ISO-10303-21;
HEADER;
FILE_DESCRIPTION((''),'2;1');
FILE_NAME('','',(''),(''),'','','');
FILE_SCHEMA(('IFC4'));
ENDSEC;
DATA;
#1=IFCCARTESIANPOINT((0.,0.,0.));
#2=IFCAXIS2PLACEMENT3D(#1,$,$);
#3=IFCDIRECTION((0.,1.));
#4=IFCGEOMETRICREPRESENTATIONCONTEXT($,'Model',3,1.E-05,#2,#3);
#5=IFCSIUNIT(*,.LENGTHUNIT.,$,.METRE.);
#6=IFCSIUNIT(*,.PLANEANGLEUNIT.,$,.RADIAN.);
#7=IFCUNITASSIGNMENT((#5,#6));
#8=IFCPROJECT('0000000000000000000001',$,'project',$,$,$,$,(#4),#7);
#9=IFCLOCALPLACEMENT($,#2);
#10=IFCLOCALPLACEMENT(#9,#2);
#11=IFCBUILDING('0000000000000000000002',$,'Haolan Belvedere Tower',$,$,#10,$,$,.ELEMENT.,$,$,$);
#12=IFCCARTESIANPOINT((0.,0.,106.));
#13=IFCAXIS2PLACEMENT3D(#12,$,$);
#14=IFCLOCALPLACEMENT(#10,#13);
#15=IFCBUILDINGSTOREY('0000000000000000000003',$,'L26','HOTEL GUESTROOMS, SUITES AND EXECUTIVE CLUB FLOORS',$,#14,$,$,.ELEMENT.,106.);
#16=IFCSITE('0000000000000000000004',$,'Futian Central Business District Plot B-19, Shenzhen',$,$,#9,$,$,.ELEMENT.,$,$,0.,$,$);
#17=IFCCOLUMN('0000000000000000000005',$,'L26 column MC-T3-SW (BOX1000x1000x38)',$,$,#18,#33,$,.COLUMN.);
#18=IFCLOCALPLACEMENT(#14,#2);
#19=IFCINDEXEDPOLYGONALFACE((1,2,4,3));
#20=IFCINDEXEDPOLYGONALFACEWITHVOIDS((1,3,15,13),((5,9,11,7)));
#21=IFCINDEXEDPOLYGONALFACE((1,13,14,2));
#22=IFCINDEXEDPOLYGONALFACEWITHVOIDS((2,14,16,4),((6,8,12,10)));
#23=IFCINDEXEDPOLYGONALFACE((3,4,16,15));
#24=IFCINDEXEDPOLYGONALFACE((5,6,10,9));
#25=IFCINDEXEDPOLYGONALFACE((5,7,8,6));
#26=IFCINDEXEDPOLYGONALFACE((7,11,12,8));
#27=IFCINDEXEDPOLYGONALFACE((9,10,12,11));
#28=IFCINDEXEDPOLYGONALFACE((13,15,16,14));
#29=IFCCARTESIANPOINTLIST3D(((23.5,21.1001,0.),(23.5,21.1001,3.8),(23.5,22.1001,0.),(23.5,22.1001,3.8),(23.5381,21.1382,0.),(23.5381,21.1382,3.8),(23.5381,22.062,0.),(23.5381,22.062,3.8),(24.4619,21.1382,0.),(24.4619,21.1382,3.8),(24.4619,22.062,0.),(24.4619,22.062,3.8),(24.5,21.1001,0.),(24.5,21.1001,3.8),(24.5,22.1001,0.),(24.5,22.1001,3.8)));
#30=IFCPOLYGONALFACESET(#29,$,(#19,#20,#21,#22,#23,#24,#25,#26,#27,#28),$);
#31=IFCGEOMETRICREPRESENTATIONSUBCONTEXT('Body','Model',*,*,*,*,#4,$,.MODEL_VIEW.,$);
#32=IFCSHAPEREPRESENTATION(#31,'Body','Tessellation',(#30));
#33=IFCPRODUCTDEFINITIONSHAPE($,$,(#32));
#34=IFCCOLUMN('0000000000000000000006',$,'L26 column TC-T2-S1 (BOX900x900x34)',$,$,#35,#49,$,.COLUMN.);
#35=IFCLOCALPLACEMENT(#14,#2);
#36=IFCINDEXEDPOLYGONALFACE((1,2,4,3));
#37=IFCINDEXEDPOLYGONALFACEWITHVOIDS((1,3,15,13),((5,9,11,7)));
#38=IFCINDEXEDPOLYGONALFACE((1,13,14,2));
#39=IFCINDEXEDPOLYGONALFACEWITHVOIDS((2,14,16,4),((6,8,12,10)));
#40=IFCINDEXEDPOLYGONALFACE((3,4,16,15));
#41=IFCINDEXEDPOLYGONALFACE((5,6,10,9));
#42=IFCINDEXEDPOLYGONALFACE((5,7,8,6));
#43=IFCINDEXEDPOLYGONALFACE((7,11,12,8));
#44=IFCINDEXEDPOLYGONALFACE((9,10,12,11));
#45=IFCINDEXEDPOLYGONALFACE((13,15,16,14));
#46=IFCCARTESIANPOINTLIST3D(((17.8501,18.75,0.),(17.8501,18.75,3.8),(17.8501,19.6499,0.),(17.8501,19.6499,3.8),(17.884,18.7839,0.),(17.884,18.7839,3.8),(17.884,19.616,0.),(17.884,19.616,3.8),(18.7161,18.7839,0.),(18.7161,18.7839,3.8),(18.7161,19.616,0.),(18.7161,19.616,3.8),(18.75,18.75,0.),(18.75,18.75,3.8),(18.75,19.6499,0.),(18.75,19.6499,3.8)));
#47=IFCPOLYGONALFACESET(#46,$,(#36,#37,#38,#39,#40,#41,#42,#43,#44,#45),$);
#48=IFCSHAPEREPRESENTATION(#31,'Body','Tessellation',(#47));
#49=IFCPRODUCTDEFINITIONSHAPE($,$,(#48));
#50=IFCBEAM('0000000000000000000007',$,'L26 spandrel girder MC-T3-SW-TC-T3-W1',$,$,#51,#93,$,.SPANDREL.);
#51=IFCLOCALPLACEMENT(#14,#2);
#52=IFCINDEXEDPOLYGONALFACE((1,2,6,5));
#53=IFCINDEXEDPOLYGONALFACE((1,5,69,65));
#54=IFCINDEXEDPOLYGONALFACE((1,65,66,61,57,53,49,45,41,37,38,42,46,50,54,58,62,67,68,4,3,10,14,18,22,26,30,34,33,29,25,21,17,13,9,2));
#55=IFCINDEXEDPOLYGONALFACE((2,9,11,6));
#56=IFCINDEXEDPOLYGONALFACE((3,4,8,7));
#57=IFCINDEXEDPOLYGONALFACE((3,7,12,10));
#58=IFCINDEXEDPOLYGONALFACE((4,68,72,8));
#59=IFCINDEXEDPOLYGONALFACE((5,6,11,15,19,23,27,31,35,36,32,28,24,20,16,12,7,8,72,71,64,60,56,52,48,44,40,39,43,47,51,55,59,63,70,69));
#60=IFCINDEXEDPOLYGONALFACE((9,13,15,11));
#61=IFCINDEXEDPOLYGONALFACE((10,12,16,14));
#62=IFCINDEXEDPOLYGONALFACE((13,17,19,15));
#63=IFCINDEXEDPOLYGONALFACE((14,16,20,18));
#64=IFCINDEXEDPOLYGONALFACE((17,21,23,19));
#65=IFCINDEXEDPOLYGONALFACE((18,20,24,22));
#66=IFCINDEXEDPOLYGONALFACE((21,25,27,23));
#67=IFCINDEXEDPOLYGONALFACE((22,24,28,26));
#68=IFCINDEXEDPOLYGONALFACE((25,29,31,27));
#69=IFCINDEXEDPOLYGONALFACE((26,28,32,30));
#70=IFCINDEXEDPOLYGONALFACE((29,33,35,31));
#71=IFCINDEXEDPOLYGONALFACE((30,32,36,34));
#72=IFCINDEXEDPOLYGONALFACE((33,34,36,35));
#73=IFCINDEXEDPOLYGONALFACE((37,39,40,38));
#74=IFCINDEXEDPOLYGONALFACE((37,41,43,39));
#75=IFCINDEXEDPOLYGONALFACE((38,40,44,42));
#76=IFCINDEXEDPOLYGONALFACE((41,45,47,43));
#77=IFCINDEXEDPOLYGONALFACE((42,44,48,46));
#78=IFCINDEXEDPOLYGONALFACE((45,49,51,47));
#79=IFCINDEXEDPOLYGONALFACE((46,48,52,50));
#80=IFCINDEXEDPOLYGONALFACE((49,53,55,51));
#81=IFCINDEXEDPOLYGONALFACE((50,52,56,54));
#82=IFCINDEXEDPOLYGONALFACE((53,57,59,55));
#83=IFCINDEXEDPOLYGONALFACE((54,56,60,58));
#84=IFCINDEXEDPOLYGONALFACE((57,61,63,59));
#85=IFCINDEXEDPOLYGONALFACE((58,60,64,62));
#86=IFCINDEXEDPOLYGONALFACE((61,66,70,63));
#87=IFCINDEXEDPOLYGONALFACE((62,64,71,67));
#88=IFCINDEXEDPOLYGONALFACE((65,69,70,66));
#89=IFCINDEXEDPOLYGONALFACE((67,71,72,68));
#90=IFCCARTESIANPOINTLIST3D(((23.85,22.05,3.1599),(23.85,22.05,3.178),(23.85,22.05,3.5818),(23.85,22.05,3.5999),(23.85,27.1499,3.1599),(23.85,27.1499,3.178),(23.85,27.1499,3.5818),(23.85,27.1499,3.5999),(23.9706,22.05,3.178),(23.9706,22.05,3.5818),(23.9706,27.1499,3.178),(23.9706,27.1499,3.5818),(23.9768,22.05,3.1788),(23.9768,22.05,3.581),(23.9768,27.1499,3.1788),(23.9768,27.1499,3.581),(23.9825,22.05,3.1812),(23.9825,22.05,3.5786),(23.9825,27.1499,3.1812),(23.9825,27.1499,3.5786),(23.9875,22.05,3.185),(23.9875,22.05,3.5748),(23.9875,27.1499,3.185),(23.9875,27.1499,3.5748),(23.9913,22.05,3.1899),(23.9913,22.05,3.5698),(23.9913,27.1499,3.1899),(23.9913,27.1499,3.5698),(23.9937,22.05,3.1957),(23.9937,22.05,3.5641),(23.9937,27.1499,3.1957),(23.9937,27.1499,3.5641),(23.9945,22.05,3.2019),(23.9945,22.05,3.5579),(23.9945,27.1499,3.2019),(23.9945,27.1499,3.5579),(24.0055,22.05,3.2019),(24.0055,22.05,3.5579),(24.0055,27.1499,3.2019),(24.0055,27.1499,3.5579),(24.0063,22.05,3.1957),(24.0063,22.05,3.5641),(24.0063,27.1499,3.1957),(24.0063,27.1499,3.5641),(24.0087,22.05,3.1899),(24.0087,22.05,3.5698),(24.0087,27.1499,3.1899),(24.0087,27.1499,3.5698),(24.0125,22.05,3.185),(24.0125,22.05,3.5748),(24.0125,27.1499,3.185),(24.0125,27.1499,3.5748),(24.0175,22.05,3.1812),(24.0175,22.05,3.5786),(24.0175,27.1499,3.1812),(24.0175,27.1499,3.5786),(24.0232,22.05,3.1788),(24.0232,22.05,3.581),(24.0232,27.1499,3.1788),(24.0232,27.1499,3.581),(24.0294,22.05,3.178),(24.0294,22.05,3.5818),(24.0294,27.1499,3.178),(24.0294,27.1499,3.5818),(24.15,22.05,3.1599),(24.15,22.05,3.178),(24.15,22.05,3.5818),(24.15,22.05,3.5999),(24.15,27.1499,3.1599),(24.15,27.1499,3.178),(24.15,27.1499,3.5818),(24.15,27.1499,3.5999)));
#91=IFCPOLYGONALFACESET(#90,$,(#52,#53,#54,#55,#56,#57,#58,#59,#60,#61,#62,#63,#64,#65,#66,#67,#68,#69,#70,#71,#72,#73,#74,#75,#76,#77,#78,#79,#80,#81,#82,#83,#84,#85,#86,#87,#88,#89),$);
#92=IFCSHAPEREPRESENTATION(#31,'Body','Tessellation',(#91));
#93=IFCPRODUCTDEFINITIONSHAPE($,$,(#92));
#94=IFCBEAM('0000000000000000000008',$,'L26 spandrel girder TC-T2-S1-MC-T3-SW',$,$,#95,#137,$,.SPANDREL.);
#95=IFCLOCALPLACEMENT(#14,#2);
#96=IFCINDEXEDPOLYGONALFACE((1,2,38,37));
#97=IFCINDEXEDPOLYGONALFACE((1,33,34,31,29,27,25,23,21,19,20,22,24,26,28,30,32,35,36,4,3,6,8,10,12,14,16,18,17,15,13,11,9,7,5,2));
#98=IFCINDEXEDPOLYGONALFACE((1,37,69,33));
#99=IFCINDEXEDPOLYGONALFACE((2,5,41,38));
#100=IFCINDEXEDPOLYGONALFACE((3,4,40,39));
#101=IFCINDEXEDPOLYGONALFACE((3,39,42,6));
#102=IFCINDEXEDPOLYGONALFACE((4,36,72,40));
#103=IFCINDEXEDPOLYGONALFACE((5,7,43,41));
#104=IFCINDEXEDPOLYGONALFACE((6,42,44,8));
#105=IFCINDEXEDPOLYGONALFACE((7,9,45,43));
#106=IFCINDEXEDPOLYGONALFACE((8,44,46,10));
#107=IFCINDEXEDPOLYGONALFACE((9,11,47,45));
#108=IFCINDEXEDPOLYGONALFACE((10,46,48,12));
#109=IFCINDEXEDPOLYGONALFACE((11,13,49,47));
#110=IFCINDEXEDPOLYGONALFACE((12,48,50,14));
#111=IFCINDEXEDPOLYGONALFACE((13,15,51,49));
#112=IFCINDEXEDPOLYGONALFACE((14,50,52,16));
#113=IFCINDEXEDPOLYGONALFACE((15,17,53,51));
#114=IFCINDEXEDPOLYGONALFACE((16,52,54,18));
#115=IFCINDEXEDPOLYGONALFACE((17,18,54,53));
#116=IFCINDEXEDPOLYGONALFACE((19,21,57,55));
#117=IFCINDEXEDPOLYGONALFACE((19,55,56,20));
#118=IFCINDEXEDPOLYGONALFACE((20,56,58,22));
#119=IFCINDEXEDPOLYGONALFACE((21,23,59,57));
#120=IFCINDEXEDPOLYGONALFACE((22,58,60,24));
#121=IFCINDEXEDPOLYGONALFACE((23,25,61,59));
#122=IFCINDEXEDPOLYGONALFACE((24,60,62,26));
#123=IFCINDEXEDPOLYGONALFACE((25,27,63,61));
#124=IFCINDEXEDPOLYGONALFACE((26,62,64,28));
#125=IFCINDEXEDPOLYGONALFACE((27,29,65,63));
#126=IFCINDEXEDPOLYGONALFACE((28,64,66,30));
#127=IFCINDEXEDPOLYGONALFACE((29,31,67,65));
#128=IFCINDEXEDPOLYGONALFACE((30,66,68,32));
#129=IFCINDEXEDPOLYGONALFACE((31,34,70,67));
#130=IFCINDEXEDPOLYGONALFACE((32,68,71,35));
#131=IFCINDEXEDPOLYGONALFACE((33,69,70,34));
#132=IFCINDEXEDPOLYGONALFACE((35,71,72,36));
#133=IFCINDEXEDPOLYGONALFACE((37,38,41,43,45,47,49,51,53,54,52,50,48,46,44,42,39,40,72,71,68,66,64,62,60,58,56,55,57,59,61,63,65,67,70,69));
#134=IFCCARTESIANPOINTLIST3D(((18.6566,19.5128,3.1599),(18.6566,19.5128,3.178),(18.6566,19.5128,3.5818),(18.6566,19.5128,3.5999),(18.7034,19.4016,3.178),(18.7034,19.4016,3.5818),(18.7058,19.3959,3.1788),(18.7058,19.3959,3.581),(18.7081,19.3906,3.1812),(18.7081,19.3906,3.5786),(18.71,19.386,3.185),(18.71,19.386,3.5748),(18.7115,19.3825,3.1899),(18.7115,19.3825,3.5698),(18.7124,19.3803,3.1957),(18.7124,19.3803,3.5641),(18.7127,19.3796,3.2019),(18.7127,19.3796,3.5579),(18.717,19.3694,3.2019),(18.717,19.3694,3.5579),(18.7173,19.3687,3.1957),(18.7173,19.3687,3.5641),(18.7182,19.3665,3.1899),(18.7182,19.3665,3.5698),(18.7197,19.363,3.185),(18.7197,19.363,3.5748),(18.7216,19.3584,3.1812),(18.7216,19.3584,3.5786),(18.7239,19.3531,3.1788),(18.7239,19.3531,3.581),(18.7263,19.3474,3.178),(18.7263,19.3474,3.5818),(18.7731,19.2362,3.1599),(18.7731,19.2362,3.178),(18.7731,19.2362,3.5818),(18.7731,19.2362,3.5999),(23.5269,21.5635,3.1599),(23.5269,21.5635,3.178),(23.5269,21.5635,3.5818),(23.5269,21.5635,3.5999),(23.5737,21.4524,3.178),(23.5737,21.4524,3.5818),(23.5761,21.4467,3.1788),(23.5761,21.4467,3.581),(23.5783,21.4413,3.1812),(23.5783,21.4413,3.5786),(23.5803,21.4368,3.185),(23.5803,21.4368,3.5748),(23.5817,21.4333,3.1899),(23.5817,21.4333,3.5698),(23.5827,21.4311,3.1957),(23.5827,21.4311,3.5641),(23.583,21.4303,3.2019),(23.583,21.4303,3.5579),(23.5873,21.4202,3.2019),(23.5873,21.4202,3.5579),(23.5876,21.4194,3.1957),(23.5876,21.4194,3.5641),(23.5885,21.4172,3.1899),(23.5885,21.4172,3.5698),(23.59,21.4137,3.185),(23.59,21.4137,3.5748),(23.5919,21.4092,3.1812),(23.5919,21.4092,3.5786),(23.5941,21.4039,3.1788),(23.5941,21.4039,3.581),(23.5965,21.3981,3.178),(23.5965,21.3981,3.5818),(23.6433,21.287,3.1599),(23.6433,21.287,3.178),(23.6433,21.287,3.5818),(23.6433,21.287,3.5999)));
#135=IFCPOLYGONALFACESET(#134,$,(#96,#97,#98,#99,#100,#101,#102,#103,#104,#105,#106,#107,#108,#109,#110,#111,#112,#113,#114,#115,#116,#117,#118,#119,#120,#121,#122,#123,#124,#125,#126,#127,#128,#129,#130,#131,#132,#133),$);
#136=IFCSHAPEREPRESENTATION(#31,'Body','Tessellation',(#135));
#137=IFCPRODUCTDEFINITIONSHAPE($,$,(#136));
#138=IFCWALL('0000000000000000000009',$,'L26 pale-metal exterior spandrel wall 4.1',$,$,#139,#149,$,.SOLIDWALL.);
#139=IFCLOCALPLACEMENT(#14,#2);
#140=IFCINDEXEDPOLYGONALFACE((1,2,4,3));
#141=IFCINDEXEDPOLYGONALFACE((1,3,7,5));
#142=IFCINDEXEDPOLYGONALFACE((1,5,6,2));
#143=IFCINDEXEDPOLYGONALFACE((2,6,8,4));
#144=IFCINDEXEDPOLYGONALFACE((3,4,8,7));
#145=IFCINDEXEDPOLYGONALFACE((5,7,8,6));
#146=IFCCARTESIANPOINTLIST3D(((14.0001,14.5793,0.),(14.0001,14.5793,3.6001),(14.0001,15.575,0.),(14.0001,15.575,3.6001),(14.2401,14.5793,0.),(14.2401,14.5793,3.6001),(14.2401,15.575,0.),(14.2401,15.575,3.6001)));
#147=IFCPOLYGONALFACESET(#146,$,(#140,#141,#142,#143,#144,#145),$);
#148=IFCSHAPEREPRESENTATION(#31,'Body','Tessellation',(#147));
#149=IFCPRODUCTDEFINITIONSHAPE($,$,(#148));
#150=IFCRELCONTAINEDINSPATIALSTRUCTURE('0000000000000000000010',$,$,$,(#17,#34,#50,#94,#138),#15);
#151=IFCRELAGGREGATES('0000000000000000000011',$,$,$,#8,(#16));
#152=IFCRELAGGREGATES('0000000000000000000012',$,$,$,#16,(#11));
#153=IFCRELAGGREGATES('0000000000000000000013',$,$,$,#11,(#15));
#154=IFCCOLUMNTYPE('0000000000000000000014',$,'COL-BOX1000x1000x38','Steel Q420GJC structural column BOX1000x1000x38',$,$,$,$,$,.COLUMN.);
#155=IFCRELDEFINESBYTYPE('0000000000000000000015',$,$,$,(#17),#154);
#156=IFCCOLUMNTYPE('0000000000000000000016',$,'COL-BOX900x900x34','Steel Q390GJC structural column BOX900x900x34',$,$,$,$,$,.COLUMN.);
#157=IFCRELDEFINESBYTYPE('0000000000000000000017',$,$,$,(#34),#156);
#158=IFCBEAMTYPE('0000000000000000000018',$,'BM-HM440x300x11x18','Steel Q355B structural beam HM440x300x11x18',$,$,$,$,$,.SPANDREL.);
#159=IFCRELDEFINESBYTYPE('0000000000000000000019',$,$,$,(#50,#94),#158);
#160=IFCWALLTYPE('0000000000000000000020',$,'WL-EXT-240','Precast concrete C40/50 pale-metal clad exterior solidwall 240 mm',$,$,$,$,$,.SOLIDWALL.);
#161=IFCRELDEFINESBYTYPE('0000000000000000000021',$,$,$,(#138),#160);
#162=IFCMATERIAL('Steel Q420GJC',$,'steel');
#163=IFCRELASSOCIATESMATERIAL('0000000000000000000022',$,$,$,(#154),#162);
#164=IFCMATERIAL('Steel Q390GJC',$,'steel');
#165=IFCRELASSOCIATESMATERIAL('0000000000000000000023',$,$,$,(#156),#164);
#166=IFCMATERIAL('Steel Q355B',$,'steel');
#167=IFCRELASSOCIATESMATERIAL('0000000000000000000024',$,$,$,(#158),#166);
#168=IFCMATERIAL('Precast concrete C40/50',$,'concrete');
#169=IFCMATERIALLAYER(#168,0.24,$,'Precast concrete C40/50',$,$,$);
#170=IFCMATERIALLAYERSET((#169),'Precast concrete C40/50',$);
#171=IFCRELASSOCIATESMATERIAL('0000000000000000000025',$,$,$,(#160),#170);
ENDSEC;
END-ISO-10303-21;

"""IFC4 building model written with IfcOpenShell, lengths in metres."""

from ifc_helpers import new_model, si_unit, direction, frame, frame_2d, origin, origin_2d, place, context, subcontext, project, spatial, rectangle, hollow_rectangle, i_section, extrude, material, layer, layer_set, material_profile, profile_set, type_object, element, save


model = new_model("IFC4")

# Units and contexts
model_context = context("Model", 3, precision=1e-05, world=origin(), true_north=direction((0.0, 1.0)))
body_context = subcontext(model_context, "Body", "Model", "MODEL_VIEW")
ifc_project = project(units=[si_unit("LENGTHUNIT", "METRE"), si_unit("PLANEANGLEUNIT", "RADIAN")], contexts=[model_context])

# Site, building, storey
site_placement = place(None, origin())
site = spatial("IfcSite", under=ifc_project, at=site_placement, Name="Futian Central Business District Plot B-19, Shenzhen", CompositionType="ELEMENT", RefElevation=0.0)
building_placement = place(site_placement, origin())
building = spatial("IfcBuilding", under=site, at=building_placement, Name="Haolan Belvedere Tower", CompositionType="ELEMENT")
storey_placement = place(building_placement, frame((0.0, 0.0, 106.0)))
storey = spatial("IfcBuildingStorey", under=building, at=storey_placement, Name="L26", Description="HOTEL GUESTROOMS, SUITES AND EXECUTIVE CLUB FLOORS", CompositionType="ELEMENT", Elevation=106.0)

# Columns
ifc_material_1 = material(Name="Steel Q420GJC", Category="steel")
ifc_material_profile_1 = material_profile(ifc_material_1, hollow_rectangle(XDim=1.0, YDim=1.0, WallThickness=0.0381, at=origin_2d()), Name="Steel Q420GJC")
ifc_profile_set_1 = profile_set([ifc_material_profile_1], Name="Steel Q420GJC")
column_type_1 = type_object("IfcColumnType", Name="COL-BOX1000x1000x38", Description="Steel Q420GJC structural column BOX1000x1000x38", PredefinedType="COLUMN", material=ifc_profile_set_1)
column_1_placement = place(storey_placement, frame((24.0, 21.6001, 0.0), z_axis=(0.0, 0.0, 1.0), x_axis=(1.0, 0.0, 0.0)))
element("IfcColumn", 1, at=column_1_placement, inside=storey, type_object=column_type_1, Name="L26 column MC-T3-SW (BOX1000x1000x38)", PredefinedType="COLUMN", context=body_context, shape_type="SweptSolid", body=[
    extrude(hollow_rectangle(XDim=1.0, YDim=1.0, WallThickness=0.0381, at=origin_2d()), origin(), (0.0, 0.0, 1.0), 3.8),
])
ifc_material_2 = material(Name="Steel Q390GJC", Category="steel")
ifc_material_profile_2 = material_profile(ifc_material_2, hollow_rectangle(XDim=0.8999, YDim=0.8999, WallThickness=0.0339, at=origin_2d()), Name="Steel Q390GJC")
ifc_profile_set_2 = profile_set([ifc_material_profile_2], Name="Steel Q390GJC")
column_type_2 = type_object("IfcColumnType", Name="COL-BOX900x900x34", Description="Steel Q390GJC structural column BOX900x900x34", PredefinedType="COLUMN", material=ifc_profile_set_2)
column_2_placement = place(storey_placement, frame((18.3, 19.2, 0.0), z_axis=(0.0, 0.0, 1.0), x_axis=(1.0, 0.0, 0.0)))
element("IfcColumn", 2, at=column_2_placement, inside=storey, type_object=column_type_2, Name="L26 column TC-T2-S1 (BOX900x900x34)", PredefinedType="COLUMN", context=body_context, shape_type="SweptSolid", body=[
    extrude(hollow_rectangle(XDim=0.8999, YDim=0.8999, WallThickness=0.0339, at=origin_2d()), origin(), (0.0, 0.0, 1.0), 3.8),
])

# Beams
ifc_material_3 = material(Name="Steel Q355B", Category="steel")
ifc_material_profile_3 = material_profile(ifc_material_3, i_section(OverallWidth=0.3, OverallDepth=0.4399, WebThickness=0.011, FlangeThickness=0.0181, FilletRadius=0.0239, at=origin_2d()), Name="Steel Q355B")
ifc_profile_set_3 = profile_set([ifc_material_profile_3], Name="Steel Q355B")
beam_type = type_object("IfcBeamType", Name="BM-HM440x300x11x18", Description="Steel Q355B structural beam HM440x300x11x18", PredefinedType="SPANDREL", material=ifc_profile_set_3)
beam_1_placement = place(storey_placement, frame((24.0, 22.05, 3.3799), z_axis=(0.0, 1.0, 0.0), x_axis=(-1.0, 0.0, 0.0)))
element("IfcBeam", 3, at=beam_1_placement, inside=storey, type_object=beam_type, Name="L26 spandrel girder MC-T3-SW-TC-T3-W1", PredefinedType="SPANDREL", context=body_context, shape_type="SweptSolid", body=[
    extrude(i_section(OverallWidth=0.3, OverallDepth=0.4399, WebThickness=0.011, FlangeThickness=0.0181, FilletRadius=0.0239, at=origin_2d()), origin(), (0.0, 0.0, 1.0), 5.0999),
])
beam_2_placement = place(storey_placement, frame((18.7148, 19.3745, 3.3799), z_axis=(0.921628, 0.388074, 0.0), x_axis=(-0.388074, 0.921628, 0.0)))
element("IfcBeam", 4, at=beam_2_placement, inside=storey, type_object=beam_type, Name="L26 spandrel girder TC-T2-S1-MC-T3-SW", PredefinedType="SPANDREL", context=body_context, shape_type="SweptSolid", body=[
    extrude(i_section(OverallWidth=0.3, OverallDepth=0.4399, WebThickness=0.011, FlangeThickness=0.0181, FilletRadius=0.0239, at=origin_2d()), origin(), (0.0, 0.0, 1.0), 5.2844),
])

# Wall
ifc_material_4 = material(Name="Precast concrete C40/50", Category="concrete")
ifc_layer_1 = layer(ifc_material_4, 0.24, Name="Precast concrete C40/50")
ifc_layer_set_1 = layer_set([ifc_layer_1], Name="Precast concrete C40/50")
wall_type_1 = type_object("IfcWallType", Name="WL-EXT-240", Description="Precast concrete C40/50 pale-metal clad exterior solidwall 240 mm", PredefinedType="SOLIDWALL", material=ifc_layer_set_1)
wall_1_placement = place(storey_placement, frame((14.1201, 15.575, 0.0), z_axis=(0.0, 0.0, 1.0), x_axis=(0.0, -1.0, 0.0)))
element("IfcWall", 5, at=wall_1_placement, inside=storey, type_object=wall_type_1, Name="L26 pale-metal exterior spandrel wall 4.1", PredefinedType="SOLIDWALL", context=body_context, shape_type="SweptSolid", body=[
    extrude(rectangle(XDim=0.9956, YDim=0.24, at=frame_2d((0.4978, 0.0))), origin(), (0.0, 0.0, 1.0), 3.6001),
])

save(model, "model.ifc")
